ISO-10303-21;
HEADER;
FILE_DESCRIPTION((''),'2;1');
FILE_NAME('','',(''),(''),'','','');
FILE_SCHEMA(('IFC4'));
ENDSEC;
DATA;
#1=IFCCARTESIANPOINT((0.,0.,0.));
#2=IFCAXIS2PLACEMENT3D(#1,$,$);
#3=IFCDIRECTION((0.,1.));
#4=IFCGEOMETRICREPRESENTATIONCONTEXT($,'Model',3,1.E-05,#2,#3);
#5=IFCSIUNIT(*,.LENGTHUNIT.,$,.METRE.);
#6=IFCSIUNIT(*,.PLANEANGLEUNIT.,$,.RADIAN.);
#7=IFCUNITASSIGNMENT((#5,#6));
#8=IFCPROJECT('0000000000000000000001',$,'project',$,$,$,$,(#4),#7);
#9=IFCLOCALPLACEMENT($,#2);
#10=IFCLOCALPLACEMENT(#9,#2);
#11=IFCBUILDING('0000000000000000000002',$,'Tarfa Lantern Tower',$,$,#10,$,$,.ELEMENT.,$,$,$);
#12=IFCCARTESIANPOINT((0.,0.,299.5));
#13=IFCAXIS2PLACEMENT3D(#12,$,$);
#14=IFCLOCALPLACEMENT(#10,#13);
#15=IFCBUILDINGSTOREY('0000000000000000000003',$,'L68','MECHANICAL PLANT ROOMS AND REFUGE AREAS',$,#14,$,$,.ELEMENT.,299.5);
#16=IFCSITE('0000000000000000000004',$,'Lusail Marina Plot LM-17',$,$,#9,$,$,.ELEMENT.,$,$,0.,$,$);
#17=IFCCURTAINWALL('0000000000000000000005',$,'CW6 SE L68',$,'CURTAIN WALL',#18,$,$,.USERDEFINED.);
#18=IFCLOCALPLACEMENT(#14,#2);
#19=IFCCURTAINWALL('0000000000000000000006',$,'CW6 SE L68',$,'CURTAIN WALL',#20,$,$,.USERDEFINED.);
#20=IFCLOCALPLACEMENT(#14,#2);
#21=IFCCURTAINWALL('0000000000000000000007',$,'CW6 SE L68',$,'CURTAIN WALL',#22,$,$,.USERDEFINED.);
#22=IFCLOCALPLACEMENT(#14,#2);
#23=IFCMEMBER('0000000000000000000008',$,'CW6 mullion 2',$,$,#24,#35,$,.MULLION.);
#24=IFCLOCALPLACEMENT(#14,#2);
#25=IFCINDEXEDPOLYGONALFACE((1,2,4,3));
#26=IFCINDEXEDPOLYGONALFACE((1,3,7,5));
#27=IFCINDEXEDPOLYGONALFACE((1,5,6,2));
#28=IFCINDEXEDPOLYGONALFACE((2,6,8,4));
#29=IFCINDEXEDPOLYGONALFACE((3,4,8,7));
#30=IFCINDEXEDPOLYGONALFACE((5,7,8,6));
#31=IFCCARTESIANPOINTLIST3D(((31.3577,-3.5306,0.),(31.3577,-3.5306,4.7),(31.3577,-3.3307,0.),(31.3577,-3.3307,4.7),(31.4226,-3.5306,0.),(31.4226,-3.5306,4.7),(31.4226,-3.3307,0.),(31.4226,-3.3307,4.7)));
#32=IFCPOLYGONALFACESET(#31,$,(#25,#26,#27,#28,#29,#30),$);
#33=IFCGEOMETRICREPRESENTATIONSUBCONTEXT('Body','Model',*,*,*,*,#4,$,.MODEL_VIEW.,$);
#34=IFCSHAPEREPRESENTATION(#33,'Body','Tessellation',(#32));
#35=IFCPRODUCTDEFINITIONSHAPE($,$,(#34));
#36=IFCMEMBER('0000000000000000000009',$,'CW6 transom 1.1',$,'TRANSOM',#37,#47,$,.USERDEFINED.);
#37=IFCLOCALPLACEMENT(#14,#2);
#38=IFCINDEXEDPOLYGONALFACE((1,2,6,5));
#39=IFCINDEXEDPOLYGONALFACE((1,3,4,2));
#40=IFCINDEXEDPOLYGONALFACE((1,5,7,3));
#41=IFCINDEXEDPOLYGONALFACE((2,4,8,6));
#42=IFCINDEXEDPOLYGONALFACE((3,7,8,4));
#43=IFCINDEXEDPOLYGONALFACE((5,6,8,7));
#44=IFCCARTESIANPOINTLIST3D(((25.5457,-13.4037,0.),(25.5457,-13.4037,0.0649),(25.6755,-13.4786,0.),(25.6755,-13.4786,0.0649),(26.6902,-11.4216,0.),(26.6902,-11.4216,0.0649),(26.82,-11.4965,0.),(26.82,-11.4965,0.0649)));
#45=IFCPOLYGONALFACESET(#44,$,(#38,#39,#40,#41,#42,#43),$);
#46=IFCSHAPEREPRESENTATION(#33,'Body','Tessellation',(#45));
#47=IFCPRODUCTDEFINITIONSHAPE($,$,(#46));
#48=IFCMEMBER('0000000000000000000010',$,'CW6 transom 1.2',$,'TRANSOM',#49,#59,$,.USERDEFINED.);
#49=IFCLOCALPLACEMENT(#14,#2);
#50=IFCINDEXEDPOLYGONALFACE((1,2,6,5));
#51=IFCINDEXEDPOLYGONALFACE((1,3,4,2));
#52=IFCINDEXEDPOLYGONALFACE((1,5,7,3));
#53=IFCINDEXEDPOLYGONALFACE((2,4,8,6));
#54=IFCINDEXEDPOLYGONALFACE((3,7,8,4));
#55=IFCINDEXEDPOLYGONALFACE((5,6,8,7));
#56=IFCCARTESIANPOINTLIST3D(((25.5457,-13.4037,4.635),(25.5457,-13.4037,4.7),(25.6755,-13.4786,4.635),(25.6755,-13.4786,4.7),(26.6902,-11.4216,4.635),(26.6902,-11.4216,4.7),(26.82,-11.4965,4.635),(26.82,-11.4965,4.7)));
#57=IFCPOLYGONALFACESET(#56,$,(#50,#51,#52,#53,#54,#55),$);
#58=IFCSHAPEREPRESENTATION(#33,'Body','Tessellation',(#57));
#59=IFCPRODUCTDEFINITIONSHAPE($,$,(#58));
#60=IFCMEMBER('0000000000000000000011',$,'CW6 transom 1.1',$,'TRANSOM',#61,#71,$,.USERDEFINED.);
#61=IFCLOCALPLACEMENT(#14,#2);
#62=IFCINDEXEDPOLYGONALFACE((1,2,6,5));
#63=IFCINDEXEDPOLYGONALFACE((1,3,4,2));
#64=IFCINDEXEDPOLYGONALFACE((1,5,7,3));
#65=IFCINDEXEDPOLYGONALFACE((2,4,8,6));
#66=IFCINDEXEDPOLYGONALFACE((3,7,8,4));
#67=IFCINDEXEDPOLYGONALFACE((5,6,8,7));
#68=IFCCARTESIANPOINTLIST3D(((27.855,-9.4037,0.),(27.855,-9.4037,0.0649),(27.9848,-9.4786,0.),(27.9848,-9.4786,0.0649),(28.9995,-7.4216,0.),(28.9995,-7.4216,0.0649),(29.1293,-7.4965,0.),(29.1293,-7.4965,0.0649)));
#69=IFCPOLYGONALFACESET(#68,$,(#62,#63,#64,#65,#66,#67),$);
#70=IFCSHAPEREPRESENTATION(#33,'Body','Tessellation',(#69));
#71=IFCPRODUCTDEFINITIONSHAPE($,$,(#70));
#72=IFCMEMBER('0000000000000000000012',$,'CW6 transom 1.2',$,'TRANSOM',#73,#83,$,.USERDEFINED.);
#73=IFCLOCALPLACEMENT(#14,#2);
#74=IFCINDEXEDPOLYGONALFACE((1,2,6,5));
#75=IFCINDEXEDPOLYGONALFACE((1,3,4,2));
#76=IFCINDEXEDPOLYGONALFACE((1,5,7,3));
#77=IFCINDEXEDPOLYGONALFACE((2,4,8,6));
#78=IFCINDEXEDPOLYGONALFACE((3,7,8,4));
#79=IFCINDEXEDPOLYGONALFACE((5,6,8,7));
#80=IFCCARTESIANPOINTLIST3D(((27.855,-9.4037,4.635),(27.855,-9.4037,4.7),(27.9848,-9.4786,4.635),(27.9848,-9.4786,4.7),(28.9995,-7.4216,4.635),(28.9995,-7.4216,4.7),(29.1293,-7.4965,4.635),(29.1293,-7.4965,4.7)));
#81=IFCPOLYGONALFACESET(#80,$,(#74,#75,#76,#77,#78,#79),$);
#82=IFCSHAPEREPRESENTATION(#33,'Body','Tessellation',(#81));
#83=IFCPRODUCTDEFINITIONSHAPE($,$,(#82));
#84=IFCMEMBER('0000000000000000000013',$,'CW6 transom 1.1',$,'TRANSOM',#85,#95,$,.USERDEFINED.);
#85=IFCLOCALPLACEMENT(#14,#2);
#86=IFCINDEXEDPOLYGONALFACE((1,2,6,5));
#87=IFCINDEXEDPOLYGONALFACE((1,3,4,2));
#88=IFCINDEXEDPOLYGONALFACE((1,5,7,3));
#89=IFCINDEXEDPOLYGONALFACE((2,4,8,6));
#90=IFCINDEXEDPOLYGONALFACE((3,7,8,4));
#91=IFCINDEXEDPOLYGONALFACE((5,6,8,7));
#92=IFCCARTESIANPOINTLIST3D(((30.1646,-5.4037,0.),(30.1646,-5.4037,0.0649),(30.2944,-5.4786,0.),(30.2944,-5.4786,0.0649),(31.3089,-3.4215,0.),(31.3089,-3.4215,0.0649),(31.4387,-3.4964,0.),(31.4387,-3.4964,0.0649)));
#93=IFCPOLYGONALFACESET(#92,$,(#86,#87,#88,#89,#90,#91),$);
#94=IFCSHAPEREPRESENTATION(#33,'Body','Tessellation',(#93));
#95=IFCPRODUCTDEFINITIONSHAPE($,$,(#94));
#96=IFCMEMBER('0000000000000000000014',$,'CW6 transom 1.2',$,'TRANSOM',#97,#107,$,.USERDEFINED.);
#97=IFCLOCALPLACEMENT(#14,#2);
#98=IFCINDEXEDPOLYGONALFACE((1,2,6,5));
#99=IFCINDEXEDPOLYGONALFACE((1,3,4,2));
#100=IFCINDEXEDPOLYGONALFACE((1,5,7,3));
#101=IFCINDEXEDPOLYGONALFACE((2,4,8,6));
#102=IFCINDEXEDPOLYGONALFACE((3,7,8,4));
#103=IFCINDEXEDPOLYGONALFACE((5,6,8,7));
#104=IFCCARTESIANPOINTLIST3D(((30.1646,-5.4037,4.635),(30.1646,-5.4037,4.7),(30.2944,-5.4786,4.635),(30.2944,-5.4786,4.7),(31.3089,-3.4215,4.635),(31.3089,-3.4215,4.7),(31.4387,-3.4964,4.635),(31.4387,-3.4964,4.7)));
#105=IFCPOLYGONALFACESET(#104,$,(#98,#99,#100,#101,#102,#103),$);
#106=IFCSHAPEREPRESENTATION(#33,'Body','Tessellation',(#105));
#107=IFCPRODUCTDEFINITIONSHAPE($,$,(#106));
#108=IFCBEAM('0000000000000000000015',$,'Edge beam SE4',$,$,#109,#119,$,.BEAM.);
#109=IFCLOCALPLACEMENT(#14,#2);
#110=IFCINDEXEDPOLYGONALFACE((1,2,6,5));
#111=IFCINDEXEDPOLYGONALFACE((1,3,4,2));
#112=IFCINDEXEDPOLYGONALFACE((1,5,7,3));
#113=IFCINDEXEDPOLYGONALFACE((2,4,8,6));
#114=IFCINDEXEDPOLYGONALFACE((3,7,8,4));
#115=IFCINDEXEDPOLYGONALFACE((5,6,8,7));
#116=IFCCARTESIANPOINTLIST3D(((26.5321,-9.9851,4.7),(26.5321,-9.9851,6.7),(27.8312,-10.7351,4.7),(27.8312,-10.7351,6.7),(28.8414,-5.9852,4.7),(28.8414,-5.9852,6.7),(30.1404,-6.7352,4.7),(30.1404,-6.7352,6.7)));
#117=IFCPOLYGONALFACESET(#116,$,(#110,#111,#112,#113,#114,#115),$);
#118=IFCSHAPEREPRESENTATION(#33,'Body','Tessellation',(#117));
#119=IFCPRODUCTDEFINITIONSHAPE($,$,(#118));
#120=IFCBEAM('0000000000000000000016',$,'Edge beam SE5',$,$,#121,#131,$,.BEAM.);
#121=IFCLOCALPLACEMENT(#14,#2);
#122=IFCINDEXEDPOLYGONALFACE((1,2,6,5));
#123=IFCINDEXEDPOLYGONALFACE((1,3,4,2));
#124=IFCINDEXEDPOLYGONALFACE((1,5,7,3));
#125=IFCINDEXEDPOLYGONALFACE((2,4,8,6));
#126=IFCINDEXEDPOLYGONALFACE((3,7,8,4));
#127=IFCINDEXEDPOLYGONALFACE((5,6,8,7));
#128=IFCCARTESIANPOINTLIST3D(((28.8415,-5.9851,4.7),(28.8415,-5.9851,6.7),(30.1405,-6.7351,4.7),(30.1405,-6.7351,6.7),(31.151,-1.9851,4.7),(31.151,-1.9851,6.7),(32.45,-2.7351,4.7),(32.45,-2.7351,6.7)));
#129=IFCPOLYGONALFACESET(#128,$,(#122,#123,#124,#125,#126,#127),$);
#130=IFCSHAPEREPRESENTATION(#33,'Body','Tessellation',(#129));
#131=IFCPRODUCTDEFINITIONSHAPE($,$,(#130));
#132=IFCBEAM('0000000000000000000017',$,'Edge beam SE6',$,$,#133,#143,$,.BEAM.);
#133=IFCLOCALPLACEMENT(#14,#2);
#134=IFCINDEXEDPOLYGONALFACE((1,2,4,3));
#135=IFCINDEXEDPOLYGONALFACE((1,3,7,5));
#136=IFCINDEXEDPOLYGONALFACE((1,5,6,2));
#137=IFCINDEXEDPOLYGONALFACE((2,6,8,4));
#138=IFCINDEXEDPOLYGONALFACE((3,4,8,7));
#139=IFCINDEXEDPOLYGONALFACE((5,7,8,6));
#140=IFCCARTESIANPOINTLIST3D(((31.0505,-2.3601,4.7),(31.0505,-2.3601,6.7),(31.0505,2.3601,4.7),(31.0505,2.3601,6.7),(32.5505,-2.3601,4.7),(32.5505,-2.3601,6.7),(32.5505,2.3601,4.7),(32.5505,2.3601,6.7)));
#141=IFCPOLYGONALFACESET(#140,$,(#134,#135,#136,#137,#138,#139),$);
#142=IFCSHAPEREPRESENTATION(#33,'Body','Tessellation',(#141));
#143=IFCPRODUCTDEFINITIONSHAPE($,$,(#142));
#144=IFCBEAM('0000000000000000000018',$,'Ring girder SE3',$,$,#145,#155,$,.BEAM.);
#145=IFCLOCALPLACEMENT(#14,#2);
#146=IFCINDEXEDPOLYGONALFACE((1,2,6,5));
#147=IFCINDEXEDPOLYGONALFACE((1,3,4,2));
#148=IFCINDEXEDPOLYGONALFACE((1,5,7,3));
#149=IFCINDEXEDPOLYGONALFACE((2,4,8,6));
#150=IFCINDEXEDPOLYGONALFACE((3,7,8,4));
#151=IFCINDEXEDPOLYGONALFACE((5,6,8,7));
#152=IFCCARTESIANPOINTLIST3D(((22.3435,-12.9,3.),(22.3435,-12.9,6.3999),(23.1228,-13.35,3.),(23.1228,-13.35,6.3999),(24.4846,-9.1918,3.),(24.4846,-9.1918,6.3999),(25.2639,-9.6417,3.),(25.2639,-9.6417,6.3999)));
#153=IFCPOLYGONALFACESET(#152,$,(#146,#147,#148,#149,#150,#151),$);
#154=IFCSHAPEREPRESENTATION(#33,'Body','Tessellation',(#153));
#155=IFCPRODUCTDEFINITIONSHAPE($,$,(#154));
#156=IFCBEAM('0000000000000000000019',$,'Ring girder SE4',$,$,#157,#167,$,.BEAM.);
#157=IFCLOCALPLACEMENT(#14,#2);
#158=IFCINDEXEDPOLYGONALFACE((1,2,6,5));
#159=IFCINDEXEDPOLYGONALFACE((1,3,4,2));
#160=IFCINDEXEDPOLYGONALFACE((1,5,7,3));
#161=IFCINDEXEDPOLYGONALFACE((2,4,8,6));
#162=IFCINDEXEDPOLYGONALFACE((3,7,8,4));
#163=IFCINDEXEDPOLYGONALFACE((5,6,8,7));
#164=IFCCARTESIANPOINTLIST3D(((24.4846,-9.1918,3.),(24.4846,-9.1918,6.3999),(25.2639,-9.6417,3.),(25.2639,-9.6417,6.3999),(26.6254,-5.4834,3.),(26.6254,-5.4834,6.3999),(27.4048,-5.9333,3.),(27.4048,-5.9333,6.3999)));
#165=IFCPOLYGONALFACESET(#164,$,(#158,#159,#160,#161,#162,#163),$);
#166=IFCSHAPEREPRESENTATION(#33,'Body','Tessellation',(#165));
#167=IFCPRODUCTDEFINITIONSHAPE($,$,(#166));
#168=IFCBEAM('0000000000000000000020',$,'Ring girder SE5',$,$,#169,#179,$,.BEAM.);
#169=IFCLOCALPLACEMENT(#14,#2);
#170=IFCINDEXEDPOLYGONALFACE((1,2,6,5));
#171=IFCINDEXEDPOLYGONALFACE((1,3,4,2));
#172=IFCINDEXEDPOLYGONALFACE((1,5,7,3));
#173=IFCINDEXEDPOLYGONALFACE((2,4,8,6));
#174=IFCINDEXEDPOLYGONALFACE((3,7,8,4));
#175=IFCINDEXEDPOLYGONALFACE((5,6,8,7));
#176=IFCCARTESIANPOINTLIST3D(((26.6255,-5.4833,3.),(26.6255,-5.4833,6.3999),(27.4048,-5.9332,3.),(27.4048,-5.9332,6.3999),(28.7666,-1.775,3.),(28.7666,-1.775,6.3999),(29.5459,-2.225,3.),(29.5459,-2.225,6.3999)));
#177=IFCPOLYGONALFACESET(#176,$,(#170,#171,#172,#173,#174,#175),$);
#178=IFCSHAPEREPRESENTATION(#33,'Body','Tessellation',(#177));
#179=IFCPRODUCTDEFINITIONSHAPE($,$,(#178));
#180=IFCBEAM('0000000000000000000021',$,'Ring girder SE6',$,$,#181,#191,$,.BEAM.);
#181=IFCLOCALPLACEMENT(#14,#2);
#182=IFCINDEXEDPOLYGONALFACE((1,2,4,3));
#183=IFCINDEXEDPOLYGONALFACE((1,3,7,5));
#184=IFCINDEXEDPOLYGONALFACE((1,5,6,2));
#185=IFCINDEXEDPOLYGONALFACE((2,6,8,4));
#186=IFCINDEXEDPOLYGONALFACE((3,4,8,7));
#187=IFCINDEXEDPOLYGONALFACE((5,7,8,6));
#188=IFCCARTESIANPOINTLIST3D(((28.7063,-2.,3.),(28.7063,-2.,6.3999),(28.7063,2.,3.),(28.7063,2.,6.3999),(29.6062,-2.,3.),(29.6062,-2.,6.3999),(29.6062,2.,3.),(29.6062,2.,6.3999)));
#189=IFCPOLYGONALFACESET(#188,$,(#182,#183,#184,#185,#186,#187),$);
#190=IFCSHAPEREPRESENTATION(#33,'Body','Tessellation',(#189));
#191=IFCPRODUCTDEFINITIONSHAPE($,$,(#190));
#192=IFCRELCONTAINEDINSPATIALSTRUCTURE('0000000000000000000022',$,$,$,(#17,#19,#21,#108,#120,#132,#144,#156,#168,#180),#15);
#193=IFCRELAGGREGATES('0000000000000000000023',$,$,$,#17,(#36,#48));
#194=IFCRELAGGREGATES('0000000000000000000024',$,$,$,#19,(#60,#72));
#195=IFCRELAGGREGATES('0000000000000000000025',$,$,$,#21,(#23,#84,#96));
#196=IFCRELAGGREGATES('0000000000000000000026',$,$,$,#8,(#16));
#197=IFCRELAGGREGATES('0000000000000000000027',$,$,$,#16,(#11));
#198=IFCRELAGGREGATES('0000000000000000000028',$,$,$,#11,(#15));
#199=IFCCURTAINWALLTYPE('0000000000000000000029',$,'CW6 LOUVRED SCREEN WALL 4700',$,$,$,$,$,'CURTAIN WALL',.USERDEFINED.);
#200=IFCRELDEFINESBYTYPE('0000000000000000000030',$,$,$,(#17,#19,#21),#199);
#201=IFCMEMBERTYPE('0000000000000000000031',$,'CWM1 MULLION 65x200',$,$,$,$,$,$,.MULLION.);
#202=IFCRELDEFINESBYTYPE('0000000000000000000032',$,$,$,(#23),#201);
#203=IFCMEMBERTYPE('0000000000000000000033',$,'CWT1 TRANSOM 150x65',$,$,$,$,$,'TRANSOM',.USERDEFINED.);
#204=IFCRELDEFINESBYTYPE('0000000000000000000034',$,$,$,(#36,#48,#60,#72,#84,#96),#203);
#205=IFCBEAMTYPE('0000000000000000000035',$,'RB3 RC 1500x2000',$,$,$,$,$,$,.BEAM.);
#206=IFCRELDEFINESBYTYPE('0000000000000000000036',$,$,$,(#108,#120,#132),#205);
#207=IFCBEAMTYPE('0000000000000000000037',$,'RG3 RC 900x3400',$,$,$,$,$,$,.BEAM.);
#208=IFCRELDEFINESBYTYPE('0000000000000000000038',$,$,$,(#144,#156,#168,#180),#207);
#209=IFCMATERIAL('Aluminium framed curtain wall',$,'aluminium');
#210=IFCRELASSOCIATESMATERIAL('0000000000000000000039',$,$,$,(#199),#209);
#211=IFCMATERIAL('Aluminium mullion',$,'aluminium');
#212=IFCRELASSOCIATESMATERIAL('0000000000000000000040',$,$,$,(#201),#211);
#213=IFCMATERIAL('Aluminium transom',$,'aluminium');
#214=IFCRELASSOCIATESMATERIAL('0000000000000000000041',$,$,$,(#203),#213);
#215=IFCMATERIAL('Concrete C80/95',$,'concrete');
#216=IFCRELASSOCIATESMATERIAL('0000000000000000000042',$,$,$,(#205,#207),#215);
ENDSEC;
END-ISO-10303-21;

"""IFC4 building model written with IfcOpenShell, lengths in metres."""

from ifc_helpers import new_model, si_unit, direction, frame, origin, origin_2d, place, context, subcontext, project, spatial, rectangle, extrude, material, material_profile, profile_set, type_object, element, aggregate, save


model = new_model("IFC4")

# Units and contexts
model_context = context("Model", 3, precision=1e-05, world=origin(), true_north=direction((0.0, 1.0)))
body_context = subcontext(model_context, "Body", "Model", "MODEL_VIEW")
ifc_project = project(units=[si_unit("LENGTHUNIT", "METRE"), si_unit("PLANEANGLEUNIT", "RADIAN")], contexts=[model_context])

# Site, building, storey
site_placement = place(None, origin())
site = spatial("IfcSite", under=ifc_project, at=site_placement, Name="Lusail Marina Plot LM-17", CompositionType="ELEMENT", RefElevation=0.0)
building_placement = place(site_placement, origin())
building = spatial("IfcBuilding", under=site, at=building_placement, Name="Tarfa Lantern Tower", CompositionType="ELEMENT")
storey_placement = place(building_placement, frame((0.0, 0.0, 299.5)))
storey = spatial("IfcBuildingStorey", under=building, at=storey_placement, Name="L68", Description="MECHANICAL PLANT ROOMS AND REFUGE AREAS", CompositionType="ELEMENT", Elevation=299.5)

# Shared definitions
ifc_material_1 = material(Name="Concrete C80/95", Category="concrete")

# Curtain walls, member
ifc_material_2 = material(Name="Aluminium framed curtain wall", Category="aluminium")
curtain_wall_type = type_object("IfcCurtainWallType", Name="CW6 LOUVRED SCREEN WALL 4700", ElementType="CURTAIN WALL", PredefinedType="USERDEFINED", material=ifc_material_2)
curtain_wall_1_placement = place(storey_placement, origin())
curtain_wall_1 = element("IfcCurtainWall", 1, at=curtain_wall_1_placement, inside=storey, type_object=curtain_wall_type, Name="CW6 SE L68", ObjectType="CURTAIN WALL", PredefinedType="USERDEFINED")
ifc_material_3 = material(Name="Aluminium mullion", Category="aluminium")
ifc_material_profile_1 = material_profile(ifc_material_3, rectangle(XDim=0.0649, YDim=0.2, at=origin_2d()), Name="AL MULLION 65x200")
ifc_profile_set_1 = profile_set([ifc_material_profile_1], Name="Aluminium mullion")
member_type_1 = type_object("IfcMemberType", Name="CWM1 MULLION 65x200", PredefinedType="MULLION", material=ifc_profile_set_1)
curtain_wall_2_placement = place(storey_placement, origin())
curtain_wall_2 = element("IfcCurtainWall", 2, at=curtain_wall_2_placement, inside=storey, type_object=curtain_wall_type, Name="CW6 SE L68", ObjectType="CURTAIN WALL", PredefinedType="USERDEFINED")
curtain_wall_3_placement = place(storey_placement, origin())
curtain_wall_3 = element("IfcCurtainWall", 3, at=curtain_wall_3_placement, inside=storey, type_object=curtain_wall_type, Name="CW6 SE L68", ObjectType="CURTAIN WALL", PredefinedType="USERDEFINED")
member_1_placement = place(storey_placement, frame((31.3901, -3.4307, 0.0), z_axis=(0.0, 0.0, 1.0), x_axis=(1.0, 0.0, 0.0)))
member_1 = element("IfcMember", 4, at=member_1_placement, type_object=member_type_1, Name="CW6 mullion 2", PredefinedType="MULLION", context=body_context, shape_type="SweptSolid", body=[
    extrude(rectangle(XDim=0.0649, YDim=0.2, at=origin_2d()), origin(), (0.0, 0.0, 1.0), 4.7),
])

# Members
ifc_material_4 = material(Name="Aluminium transom", Category="aluminium")
ifc_material_profile_2 = material_profile(ifc_material_4, rectangle(XDim=0.1499, YDim=0.0649, at=origin_2d()), Name="AL TRANSOM 150x65")
ifc_profile_set_2 = profile_set([ifc_material_profile_2], Name="Aluminium transom")
member_type_2 = type_object("IfcMemberType", Name="CWT1 TRANSOM 150x65", ElementType="TRANSOM", PredefinedType="USERDEFINED", material=ifc_profile_set_2)
member_2_placement = place(storey_placement, frame((25.6106, -13.4412, 0.0325), z_axis=(0.500039, 0.866003, 0.0), x_axis=(-0.866003, 0.500039, 0.0)))
member_2 = element("IfcMember", 5, at=member_2_placement, type_object=member_type_2, Name="CW6 transom 1.1", ObjectType="TRANSOM", PredefinedType="USERDEFINED", context=body_context, shape_type="SweptSolid", body=[
    extrude(rectangle(XDim=0.1499, YDim=0.0649, at=origin_2d()), origin(), (0.0, 0.0, 1.0), 2.2888),
])
member_3_placement = place(storey_placement, frame((25.6106, -13.4412, 4.6675), z_axis=(0.500039, 0.866003, 0.0), x_axis=(-0.866003, 0.500039, 0.0)))
member_3 = element("IfcMember", 6, at=member_3_placement, type_object=member_type_2, Name="CW6 transom 1.2", ObjectType="TRANSOM", PredefinedType="USERDEFINED", context=body_context, shape_type="SweptSolid", body=[
    extrude(rectangle(XDim=0.1499, YDim=0.0649, at=origin_2d()), origin(), (0.0, 0.0, 1.0), 2.2888),
])
member_4_placement = place(storey_placement, frame((27.9199, -9.4412, 0.0325), z_axis=(0.500039, 0.866003, 0.0), x_axis=(-0.866003, 0.500039, 0.0)))
member_4 = element("IfcMember", 7, at=member_4_placement, type_object=member_type_2, Name="CW6 transom 1.1", ObjectType="TRANSOM", PredefinedType="USERDEFINED", context=body_context, shape_type="SweptSolid", body=[
    extrude(rectangle(XDim=0.1499, YDim=0.0649, at=origin_2d()), origin(), (0.0, 0.0, 1.0), 2.2888),
])
member_5_placement = place(storey_placement, frame((27.9199, -9.4412, 4.6675), z_axis=(0.500039, 0.866003, 0.0), x_axis=(-0.866003, 0.500039, 0.0)))
member_5 = element("IfcMember", 8, at=member_5_placement, type_object=member_type_2, Name="CW6 transom 1.2", ObjectType="TRANSOM", PredefinedType="USERDEFINED", context=body_context, shape_type="SweptSolid", body=[
    extrude(rectangle(XDim=0.1499, YDim=0.0649, at=origin_2d()), origin(), (0.0, 0.0, 1.0), 2.2888),
])
member_6_placement = place(storey_placement, frame((30.2295, -5.4412, 0.0325), z_axis=(0.499959, 0.866049, 0.0), x_axis=(-0.866049, 0.499959, 0.0)))
member_6 = element("IfcMember", 9, at=member_6_placement, type_object=member_type_2, Name="CW6 transom 1.1", ObjectType="TRANSOM", PredefinedType="USERDEFINED", context=body_context, shape_type="SweptSolid", body=[
    extrude(rectangle(XDim=0.1499, YDim=0.0649, at=origin_2d()), origin(), (0.0, 0.0, 1.0), 2.2888),
])
member_7_placement = place(storey_placement, frame((30.2295, -5.4412, 4.6675), z_axis=(0.499959, 0.866049, 0.0), x_axis=(-0.866049, 0.499959, 0.0)))
member_7 = element("IfcMember", 10, at=member_7_placement, type_object=member_type_2, Name="CW6 transom 1.2", ObjectType="TRANSOM", PredefinedType="USERDEFINED", context=body_context, shape_type="SweptSolid", body=[
    extrude(rectangle(XDim=0.1499, YDim=0.0649, at=origin_2d()), origin(), (0.0, 0.0, 1.0), 2.2888),
])

# Beams
ifc_material_profile_3 = material_profile(ifc_material_1, rectangle(XDim=1.5, YDim=2.0, at=origin_2d()), Name="RC 1500x2000")
ifc_profile_set_3 = profile_set([ifc_material_profile_3], Name="Concrete C80/95")
beam_type_1 = type_object("IfcBeamType", Name="RB3 RC 1500x2000", PredefinedType="BEAM", material=ifc_profile_set_3)
beam_1_placement = place(storey_placement, frame((27.1816, -10.3601, 5.7), z_axis=(0.499988, 0.866032, 0.0), x_axis=(-0.866032, 0.499988, 0.0)))
element("IfcBeam", 11, at=beam_1_placement, inside=storey, type_object=beam_type_1, Name="Edge beam SE4", PredefinedType="BEAM", context=body_context, shape_type="SweptSolid", body=[
    extrude(rectangle(XDim=1.5, YDim=2.0, at=origin_2d()), origin(), (0.0, 0.0, 1.0), 4.6187),
])
beam_2_placement = place(storey_placement, frame((29.491, -6.3601, 5.7), z_axis=(0.500027, 0.86601, 0.0), x_axis=(-0.86601, 0.500027, 0.0)))
element("IfcBeam", 12, at=beam_2_placement, inside=storey, type_object=beam_type_1, Name="Edge beam SE5", PredefinedType="BEAM", context=body_context, shape_type="SweptSolid", body=[
    extrude(rectangle(XDim=1.5, YDim=2.0, at=origin_2d()), origin(), (0.0, 0.0, 1.0), 4.6189),
])
beam_3_placement = place(storey_placement, frame((31.8005, -2.3601, 5.7), z_axis=(0.0, 1.0, 0.0), x_axis=(-1.0, 0.0, 0.0)))
element("IfcBeam", 13, at=beam_3_placement, inside=storey, type_object=beam_type_1, Name="Edge beam SE6", PredefinedType="BEAM", context=body_context, shape_type="SweptSolid", body=[
    extrude(rectangle(XDim=1.5, YDim=2.0, at=origin_2d()), origin(), (0.0, 0.0, 1.0), 4.7202),
])
ifc_material_profile_4 = material_profile(ifc_material_1, rectangle(XDim=0.8999, YDim=3.3999, at=origin_2d()), Name="RC 900x3400")
ifc_profile_set_4 = profile_set([ifc_material_profile_4], Name="Concrete C80/95")
beam_type_2 = type_object("IfcBeamType", Name="RG3 RC 900x3400", PredefinedType="BEAM", material=ifc_profile_set_4)
for number, where, z_axis, x_axis, name in (
    (14, (22.7332, -13.125, 4.7), (0.500027, 0.86601, 0.0), (-0.86601, 0.500027, 0.0), "Ring girder SE3"),
    (15, (24.8743, -9.4167, 4.7), (0.499959, 0.866049, 0.0), (-0.866049, 0.499959, 0.0), "Ring girder SE4"),
    (16, (27.0151, -5.7083, 4.7), (0.500027, 0.86601, 0.0), (-0.86601, 0.500027, 0.0), "Ring girder SE5"),
):
    element("IfcBeam", number, at=place(storey_placement, frame(where, z_axis=z_axis, x_axis=x_axis)), inside=storey, type_object=beam_type_2, Name=name, PredefinedType="BEAM", context=body_context, shape_type="SweptSolid", body=[
        extrude(rectangle(XDim=0.8999, YDim=3.3999, at=origin_2d()), origin(), (0.0, 0.0, 1.0), 4.282),
    ])
beam_4_placement = place(storey_placement, frame((29.1562, -2.0, 4.7), z_axis=(0.0, 1.0, 0.0), x_axis=(-1.0, 0.0, 0.0)))
element("IfcBeam", 17, at=beam_4_placement, inside=storey, type_object=beam_type_2, Name="Ring girder SE6", PredefinedType="BEAM", context=body_context, shape_type="SweptSolid", body=[
    extrude(rectangle(XDim=0.8999, YDim=3.3999, at=origin_2d()), origin(), (0.0, 0.0, 1.0), 4.0),
])

aggregate(curtain_wall_1, [member_2, member_3])
aggregate(curtain_wall_2, [member_4, member_5])
aggregate(curtain_wall_3, [member_1, member_6, member_7])

save(model, "model.ifc")
